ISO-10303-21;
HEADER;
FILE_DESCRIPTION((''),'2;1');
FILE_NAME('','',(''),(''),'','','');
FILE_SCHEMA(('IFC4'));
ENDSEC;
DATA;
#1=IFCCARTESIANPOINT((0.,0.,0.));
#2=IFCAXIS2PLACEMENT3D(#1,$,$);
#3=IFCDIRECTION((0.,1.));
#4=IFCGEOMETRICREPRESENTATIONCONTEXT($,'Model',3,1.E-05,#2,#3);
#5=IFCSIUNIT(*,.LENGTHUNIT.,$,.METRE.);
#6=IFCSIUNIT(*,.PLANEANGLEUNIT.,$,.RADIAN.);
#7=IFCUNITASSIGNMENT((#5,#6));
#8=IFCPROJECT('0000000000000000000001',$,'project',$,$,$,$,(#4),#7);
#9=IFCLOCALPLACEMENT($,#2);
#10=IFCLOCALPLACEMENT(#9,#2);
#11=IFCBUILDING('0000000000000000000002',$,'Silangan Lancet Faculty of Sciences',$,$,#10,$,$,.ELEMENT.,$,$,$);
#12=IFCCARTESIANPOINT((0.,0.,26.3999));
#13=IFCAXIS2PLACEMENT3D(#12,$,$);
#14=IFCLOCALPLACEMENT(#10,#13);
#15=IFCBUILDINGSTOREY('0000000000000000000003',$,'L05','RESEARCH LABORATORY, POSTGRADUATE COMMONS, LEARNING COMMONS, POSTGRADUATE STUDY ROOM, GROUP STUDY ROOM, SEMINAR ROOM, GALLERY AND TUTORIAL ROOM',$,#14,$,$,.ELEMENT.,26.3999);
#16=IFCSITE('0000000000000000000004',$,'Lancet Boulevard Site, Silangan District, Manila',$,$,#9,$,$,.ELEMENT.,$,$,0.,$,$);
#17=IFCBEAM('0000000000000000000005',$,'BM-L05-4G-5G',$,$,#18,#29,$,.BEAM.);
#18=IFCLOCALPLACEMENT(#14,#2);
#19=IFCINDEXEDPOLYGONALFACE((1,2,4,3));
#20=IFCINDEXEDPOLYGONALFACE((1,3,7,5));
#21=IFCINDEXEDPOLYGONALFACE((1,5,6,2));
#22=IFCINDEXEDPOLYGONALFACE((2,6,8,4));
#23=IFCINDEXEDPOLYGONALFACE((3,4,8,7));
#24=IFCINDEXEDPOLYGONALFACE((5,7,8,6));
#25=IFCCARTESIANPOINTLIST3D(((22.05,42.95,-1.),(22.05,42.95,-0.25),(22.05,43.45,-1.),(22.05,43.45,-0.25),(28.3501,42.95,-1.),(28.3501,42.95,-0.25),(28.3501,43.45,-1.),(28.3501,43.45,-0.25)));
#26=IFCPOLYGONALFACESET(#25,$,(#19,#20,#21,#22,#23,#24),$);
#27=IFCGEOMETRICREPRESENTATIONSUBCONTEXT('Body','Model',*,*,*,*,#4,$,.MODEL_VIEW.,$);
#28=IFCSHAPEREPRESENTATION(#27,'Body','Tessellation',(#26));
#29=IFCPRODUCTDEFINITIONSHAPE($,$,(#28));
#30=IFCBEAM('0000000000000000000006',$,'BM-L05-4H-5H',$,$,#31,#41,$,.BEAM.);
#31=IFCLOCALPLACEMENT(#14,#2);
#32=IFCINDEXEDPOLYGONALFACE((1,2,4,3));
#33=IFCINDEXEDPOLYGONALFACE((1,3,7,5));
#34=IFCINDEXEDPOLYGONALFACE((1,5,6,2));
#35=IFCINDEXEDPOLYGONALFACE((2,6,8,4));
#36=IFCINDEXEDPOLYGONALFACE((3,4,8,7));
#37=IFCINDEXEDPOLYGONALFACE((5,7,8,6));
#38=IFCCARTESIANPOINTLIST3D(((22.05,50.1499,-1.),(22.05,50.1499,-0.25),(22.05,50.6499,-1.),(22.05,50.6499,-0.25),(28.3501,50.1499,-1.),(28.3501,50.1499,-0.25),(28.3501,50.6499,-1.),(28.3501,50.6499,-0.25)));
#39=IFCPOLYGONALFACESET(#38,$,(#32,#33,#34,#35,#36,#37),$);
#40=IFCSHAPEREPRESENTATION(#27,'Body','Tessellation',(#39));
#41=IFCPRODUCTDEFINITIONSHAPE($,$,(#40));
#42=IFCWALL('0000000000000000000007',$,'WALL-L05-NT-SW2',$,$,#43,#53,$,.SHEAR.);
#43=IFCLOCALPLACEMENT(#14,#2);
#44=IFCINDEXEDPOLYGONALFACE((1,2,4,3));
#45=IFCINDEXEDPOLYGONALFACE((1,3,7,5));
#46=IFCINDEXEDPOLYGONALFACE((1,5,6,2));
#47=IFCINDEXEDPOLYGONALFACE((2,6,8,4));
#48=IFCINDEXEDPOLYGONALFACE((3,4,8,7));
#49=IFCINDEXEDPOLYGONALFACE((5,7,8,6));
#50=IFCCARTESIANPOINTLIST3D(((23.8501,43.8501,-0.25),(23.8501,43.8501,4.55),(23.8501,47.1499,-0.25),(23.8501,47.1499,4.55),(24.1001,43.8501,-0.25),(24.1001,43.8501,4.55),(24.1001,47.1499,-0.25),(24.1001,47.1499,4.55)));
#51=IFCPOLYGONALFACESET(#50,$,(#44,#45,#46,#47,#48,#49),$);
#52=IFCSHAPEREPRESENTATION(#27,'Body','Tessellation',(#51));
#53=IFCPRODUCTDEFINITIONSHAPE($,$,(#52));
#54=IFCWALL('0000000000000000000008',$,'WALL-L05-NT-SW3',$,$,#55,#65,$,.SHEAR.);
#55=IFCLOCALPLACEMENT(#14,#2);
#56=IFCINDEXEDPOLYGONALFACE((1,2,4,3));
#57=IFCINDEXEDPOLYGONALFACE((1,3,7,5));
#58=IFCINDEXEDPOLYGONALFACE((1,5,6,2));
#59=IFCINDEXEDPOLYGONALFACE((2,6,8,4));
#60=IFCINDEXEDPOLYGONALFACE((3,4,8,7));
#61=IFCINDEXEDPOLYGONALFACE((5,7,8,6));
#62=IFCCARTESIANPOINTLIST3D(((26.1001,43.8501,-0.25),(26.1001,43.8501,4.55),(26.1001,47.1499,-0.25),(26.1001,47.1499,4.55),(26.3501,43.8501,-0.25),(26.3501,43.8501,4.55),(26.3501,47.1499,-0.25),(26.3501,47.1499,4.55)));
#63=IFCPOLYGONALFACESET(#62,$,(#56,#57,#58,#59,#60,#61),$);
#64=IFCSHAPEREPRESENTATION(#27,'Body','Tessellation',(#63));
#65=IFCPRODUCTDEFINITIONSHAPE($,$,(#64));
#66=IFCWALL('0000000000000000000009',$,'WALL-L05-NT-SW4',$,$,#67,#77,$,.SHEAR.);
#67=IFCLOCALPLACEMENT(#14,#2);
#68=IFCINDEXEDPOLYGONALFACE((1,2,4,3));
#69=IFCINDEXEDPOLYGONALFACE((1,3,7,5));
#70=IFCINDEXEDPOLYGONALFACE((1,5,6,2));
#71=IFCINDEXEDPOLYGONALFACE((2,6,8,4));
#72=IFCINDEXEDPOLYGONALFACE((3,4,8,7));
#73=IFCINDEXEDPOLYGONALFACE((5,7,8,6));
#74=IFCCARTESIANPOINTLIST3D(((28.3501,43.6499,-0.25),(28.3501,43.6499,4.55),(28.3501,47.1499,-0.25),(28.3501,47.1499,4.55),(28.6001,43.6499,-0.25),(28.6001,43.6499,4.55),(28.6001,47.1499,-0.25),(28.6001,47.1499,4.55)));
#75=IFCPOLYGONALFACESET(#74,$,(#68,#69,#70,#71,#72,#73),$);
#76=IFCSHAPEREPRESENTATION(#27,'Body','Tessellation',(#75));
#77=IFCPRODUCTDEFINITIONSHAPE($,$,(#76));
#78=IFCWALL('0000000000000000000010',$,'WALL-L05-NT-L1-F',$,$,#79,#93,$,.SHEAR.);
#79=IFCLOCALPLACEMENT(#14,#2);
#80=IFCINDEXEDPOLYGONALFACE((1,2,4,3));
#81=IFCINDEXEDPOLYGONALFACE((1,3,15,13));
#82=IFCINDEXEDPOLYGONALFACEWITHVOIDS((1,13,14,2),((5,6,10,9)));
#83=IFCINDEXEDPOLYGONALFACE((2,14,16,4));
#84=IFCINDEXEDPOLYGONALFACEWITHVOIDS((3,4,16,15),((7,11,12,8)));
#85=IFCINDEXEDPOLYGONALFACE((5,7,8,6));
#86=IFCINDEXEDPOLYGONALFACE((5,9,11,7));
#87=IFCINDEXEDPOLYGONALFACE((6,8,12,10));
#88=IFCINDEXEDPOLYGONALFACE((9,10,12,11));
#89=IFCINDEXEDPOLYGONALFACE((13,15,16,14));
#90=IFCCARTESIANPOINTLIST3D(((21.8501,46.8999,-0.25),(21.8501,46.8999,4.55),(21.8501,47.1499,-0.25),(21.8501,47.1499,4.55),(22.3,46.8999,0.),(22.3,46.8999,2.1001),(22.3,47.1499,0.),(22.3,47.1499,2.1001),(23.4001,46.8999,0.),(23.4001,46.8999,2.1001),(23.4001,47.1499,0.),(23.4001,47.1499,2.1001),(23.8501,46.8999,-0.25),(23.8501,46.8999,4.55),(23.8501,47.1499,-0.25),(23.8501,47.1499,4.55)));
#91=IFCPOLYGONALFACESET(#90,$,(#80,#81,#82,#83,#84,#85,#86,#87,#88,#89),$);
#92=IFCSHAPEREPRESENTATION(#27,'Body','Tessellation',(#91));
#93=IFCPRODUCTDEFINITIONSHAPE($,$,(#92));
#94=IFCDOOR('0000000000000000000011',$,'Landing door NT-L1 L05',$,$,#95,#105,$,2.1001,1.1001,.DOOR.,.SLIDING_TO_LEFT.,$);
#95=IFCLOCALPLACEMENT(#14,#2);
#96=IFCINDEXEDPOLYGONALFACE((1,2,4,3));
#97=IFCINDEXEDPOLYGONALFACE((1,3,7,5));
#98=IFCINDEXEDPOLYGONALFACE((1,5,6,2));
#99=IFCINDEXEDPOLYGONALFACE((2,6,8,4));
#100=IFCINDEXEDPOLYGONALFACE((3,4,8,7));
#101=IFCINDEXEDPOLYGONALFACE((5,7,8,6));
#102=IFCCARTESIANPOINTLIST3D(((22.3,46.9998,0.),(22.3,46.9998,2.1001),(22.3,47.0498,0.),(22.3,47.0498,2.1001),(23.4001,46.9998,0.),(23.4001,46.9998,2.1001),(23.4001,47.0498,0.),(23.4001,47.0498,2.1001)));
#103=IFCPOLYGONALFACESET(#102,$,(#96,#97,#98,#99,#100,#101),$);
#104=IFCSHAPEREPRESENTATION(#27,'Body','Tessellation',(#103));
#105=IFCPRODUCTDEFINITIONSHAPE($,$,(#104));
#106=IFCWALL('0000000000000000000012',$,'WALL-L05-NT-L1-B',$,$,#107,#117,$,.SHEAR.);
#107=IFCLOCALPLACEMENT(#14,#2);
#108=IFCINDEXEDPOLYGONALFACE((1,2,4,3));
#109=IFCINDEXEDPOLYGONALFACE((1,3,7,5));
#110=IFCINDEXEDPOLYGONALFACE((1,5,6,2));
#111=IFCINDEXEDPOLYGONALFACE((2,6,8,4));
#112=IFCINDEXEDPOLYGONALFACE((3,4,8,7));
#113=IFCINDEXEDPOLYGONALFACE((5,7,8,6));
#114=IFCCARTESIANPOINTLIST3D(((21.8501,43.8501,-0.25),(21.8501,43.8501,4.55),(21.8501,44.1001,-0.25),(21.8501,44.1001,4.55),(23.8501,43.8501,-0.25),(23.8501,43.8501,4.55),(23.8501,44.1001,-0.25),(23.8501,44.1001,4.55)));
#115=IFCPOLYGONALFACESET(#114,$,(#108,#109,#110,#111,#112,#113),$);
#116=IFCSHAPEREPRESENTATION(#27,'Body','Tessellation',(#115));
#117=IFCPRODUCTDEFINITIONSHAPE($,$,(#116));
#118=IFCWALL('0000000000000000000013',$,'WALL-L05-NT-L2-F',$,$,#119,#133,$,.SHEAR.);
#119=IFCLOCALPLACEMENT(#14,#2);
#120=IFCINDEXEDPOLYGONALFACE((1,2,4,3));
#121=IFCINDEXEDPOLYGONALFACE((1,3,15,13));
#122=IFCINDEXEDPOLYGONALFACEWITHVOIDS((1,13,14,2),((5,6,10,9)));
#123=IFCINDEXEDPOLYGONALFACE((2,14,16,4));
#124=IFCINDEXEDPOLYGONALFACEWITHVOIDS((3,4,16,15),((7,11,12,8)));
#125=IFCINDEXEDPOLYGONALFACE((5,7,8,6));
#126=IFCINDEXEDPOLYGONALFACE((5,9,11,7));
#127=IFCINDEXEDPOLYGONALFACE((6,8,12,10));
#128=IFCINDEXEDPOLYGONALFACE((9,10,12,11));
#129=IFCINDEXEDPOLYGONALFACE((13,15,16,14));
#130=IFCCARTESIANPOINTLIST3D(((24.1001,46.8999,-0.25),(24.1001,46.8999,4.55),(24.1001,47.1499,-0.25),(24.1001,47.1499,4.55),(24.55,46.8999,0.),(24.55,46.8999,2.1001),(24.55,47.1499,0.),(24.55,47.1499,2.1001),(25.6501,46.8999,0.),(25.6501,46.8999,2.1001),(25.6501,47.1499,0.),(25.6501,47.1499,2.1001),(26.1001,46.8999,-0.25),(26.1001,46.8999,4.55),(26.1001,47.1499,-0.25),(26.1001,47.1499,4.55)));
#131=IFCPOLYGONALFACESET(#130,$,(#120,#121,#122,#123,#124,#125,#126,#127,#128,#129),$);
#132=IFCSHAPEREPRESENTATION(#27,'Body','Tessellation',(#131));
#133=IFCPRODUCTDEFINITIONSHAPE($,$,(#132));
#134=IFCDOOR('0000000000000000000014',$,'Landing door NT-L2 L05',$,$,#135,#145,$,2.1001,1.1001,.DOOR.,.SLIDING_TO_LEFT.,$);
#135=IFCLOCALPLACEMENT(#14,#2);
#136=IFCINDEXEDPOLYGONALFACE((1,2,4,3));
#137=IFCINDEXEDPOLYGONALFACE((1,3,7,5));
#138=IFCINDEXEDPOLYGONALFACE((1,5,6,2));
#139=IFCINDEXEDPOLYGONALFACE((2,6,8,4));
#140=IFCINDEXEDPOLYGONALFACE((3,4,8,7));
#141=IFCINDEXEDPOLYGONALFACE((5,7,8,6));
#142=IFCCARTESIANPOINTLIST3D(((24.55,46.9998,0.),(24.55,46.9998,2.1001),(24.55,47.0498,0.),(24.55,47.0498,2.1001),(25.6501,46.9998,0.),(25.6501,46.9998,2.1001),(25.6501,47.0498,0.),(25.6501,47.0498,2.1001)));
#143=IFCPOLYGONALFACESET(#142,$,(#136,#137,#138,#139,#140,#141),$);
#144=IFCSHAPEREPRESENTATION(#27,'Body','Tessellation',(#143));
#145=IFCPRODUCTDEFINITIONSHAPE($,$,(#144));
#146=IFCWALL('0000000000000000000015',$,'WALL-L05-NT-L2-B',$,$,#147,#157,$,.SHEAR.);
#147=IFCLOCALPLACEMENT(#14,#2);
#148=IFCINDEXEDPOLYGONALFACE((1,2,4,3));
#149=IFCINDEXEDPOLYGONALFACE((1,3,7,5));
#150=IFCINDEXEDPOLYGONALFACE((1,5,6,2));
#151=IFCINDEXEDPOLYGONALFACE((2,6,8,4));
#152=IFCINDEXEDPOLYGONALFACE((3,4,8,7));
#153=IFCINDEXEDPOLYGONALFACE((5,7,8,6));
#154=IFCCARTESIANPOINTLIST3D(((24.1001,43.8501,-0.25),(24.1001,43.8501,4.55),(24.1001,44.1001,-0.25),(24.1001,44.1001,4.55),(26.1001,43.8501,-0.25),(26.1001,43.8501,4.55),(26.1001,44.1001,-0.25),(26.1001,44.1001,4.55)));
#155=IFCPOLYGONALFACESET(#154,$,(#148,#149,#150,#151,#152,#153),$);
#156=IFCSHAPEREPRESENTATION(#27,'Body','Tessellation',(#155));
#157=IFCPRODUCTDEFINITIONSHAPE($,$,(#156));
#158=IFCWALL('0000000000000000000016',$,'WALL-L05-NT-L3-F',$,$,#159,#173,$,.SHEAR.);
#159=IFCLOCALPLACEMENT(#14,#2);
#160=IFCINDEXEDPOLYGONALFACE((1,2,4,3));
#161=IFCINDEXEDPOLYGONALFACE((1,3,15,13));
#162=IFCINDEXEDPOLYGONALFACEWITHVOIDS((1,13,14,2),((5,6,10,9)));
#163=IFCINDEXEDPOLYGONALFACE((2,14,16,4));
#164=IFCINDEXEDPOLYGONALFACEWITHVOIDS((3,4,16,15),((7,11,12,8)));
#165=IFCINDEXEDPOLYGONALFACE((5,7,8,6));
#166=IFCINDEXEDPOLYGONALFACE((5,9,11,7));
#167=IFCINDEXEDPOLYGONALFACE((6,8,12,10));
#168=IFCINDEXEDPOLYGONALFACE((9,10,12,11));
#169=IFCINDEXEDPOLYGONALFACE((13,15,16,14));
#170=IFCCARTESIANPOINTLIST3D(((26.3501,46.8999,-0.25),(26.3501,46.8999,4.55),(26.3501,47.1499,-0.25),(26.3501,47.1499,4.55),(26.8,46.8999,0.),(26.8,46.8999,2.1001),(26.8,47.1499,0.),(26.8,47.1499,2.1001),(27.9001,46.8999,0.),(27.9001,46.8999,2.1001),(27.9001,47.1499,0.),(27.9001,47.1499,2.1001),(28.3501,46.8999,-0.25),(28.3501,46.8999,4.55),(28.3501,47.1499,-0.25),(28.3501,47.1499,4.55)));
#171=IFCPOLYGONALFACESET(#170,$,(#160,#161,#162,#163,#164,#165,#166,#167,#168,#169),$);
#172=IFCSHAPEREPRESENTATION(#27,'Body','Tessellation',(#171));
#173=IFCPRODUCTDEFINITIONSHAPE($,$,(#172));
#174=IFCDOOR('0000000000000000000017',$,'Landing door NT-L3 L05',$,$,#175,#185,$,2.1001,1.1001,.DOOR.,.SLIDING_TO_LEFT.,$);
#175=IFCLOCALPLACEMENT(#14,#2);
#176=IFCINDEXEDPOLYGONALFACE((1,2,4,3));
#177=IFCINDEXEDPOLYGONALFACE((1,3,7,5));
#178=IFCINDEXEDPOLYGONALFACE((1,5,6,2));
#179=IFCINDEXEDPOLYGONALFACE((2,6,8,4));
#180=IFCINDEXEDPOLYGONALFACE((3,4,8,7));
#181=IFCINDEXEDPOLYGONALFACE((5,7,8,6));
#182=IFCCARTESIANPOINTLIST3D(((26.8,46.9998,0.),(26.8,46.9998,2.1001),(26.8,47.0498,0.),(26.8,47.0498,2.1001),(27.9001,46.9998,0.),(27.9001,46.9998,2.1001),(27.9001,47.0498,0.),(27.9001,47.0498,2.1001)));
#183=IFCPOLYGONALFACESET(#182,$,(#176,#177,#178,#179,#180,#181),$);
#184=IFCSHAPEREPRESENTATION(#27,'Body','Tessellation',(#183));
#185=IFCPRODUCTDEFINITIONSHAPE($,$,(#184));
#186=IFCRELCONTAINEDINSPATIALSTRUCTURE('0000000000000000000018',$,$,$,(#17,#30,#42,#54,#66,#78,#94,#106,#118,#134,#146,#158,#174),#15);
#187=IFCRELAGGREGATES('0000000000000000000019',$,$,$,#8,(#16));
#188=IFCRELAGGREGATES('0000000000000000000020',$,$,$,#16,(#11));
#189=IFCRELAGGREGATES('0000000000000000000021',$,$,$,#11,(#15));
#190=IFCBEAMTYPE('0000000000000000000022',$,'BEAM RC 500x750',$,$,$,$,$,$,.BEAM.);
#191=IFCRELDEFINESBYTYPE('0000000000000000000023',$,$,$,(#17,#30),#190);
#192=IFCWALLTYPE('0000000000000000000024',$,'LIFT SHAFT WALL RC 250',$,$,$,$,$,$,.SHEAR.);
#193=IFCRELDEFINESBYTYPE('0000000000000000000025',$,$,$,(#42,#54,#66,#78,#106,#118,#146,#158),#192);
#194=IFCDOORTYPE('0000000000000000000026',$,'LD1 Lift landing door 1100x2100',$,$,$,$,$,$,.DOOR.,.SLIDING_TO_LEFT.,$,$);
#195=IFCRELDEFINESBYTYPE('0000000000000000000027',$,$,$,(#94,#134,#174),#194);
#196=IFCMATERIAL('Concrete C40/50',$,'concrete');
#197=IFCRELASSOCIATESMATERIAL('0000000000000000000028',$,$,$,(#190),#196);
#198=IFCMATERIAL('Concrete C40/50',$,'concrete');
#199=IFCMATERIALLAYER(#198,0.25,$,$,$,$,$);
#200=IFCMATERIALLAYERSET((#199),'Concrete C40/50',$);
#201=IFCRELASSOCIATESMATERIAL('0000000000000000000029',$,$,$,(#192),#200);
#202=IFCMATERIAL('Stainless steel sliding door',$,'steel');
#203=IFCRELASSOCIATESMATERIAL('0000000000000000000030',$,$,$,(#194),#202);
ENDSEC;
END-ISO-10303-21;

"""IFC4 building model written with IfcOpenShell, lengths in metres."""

from ifc_helpers import new_model, si_unit, direction, frame, frame_2d, origin, origin_2d, place, context, subcontext, project, spatial, rectangle, extrude, material, layer, layer_set, material_profile, profile_set, type_object, element, fill, save


model = new_model("IFC4")

# Units and contexts
model_context = context("Model", 3, precision=1e-05, world=origin(), true_north=direction((0.0, 1.0)))
body_context = subcontext(model_context, "Body", "Model", "MODEL_VIEW")
ifc_project = project(units=[si_unit("LENGTHUNIT", "METRE"), si_unit("PLANEANGLEUNIT", "RADIAN")], contexts=[model_context])

# Site, building, storey
site_placement = place(None, origin())
site = spatial("IfcSite", under=ifc_project, at=site_placement, Name="Lancet Boulevard Site, Silangan District, Manila", CompositionType="ELEMENT", RefElevation=0.0)
building_placement = place(site_placement, origin())
building = spatial("IfcBuilding", under=site, at=building_placement, Name="Silangan Lancet Faculty of Sciences", CompositionType="ELEMENT")
storey_placement = place(building_placement, frame((0.0, 0.0, 26.3999)))
storey = spatial("IfcBuildingStorey", under=building, at=storey_placement, Name="L05", Description="RESEARCH LABORATORY, POSTGRADUATE COMMONS, LEARNING COMMONS, POSTGRADUATE STUDY ROOM, GROUP STUDY ROOM, SEMINAR ROOM, GALLERY AND TUTORIAL ROOM", CompositionType="ELEMENT", Elevation=26.3999)

# Beams
ifc_material_1 = material(Name="Concrete C40/50", Category="concrete")
ifc_material_profile = material_profile(ifc_material_1, rectangle(XDim=0.5, YDim=0.75, at=origin_2d()), Name="RC 500x750")
ifc_profile_set = profile_set([ifc_material_profile], Name="Concrete C40/50")
beam_type = type_object("IfcBeamType", Name="BEAM RC 500x750", PredefinedType="BEAM", material=ifc_profile_set)
for number, where, z_axis, x_axis, name in (
    (1, (22.05, 43.2, -0.625), (1.0, 0.0, 0.0), (0.0, 1.0, 0.0), "BM-L05-4G-5G"),
    (2, (22.05, 50.3999, -0.625), (1.0, 0.0, 0.0), (0.0, 1.0, 0.0), "BM-L05-4H-5H"),
):
    element("IfcBeam", number, at=place(storey_placement, frame(where, z_axis=z_axis, x_axis=x_axis)), inside=storey, type_object=beam_type, Name=name, PredefinedType="BEAM", context=body_context, shape_type="SweptSolid", body=[
        extrude(rectangle(XDim=0.5, YDim=0.75, at=origin_2d()), origin(), (0.0, 0.0, 1.0), 6.3),
    ])

# Walls
ifc_material_2 = material(Name="Concrete C40/50", Category="concrete")
ifc_layer_1 = layer(ifc_material_2, 0.25)
ifc_layer_set_1 = layer_set([ifc_layer_1], Name="Concrete C40/50")
wall_type_1 = type_object("IfcWallType", Name="LIFT SHAFT WALL RC 250", PredefinedType="SHEAR", material=ifc_layer_set_1)
for number, where, z_axis, x_axis, name in (
    (3, (23.9751, 43.8501, -0.25), (0.0, 0.0, 1.0), (0.0, 1.0, 0.0), "WALL-L05-NT-SW2"),
    (4, (26.2251, 43.8501, -0.25), (0.0, 0.0, 1.0), (0.0, 1.0, 0.0), "WALL-L05-NT-SW3"),
):
    element("IfcWall", number, at=place(storey_placement, frame(where, z_axis=z_axis, x_axis=x_axis)), inside=storey, type_object=wall_type_1, Name=name, PredefinedType="SHEAR", context=body_context, shape_type="SweptSolid", body=[
        extrude(rectangle(XDim=3.2998, YDim=0.25, at=frame_2d((1.6499, 0.0))), origin(), (0.0, 0.0, 1.0), 4.8),
    ])
wall_1_placement = place(storey_placement, frame((28.4751, 43.6499, -0.25), z_axis=(0.0, 0.0, 1.0), x_axis=(0.0, 1.0, 0.0)))
element("IfcWall", 5, at=wall_1_placement, inside=storey, type_object=wall_type_1, Name="WALL-L05-NT-SW4", PredefinedType="SHEAR", context=body_context, shape_type="SweptSolid", body=[
    extrude(rectangle(XDim=3.5, YDim=0.25, at=frame_2d((1.75, 0.0))), origin(), (0.0, 0.0, 1.0), 4.8),
])

# Wall, opening, door
wall_2_placement = place(storey_placement, frame((21.8501, 47.0249, -0.25), z_axis=(0.0, 0.0, 1.0), x_axis=(1.0, 0.0, 0.0)))
wall_2 = element("IfcWall", 6, at=wall_2_placement, inside=storey, type_object=wall_type_1, Name="WALL-L05-NT-L1-F", PredefinedType="SHEAR", context=body_context, shape_type="SweptSolid", body=[
    extrude(rectangle(XDim=2.0, YDim=0.25, at=frame_2d((1.0, 0.0))), origin(), (0.0, 0.0, 1.0), 4.8),
])
opening_1_placement = place(wall_2_placement, frame((0.45, 0.0, 0.25)))
opening_1 = element("IfcOpeningElement", 7, at=opening_1_placement, cuts=wall_2, PredefinedType="OPENING", context=body_context, shape_type="SweptSolid", body=[
    extrude(rectangle(XDim=1.1001, YDim=2.1001, at=frame_2d((0.55, 1.05))), frame((0.0, 0.135, 0.0), z_axis=(0.0, -1.0, 0.0), x_axis=(1.0, 0.0, 0.0)), (0.0, 0.0, 1.0), 0.27),
])
ifc_material_3 = material(Name="Stainless steel sliding door", Category="steel")
door_type_1 = type_object("IfcDoorType", Name="LD1 Lift landing door 1100x2100", OperationType="SLIDING_TO_LEFT", PredefinedType="DOOR", material=ifc_material_3)
door_1_placement = place(opening_1_placement, origin())
door_1 = element("IfcDoor", 8, at=door_1_placement, inside=storey, type_object=door_type_1, Name="Landing door NT-L1 L05", OperationType="SLIDING_TO_LEFT", OverallHeight=2.1001, OverallWidth=1.1001, PredefinedType="DOOR", context=body_context, shape_type="SweptSolid", body=[
    extrude(rectangle(XDim=1.1001, YDim=2.1001, at=frame_2d((0.55, 1.05))), frame((0.0, 0.0249, 0.0), z_axis=(0.0, -1.0, 0.0), x_axis=(1.0, 0.0, 0.0)), (0.0, 0.0, 1.0), 0.05),
])
fill(opening_1, door_1)

# Wall
wall_3_placement = place(storey_placement, frame((21.8501, 43.9751, -0.25), z_axis=(0.0, 0.0, 1.0), x_axis=(1.0, 0.0, 0.0)))
element("IfcWall", 9, at=wall_3_placement, inside=storey, type_object=wall_type_1, Name="WALL-L05-NT-L1-B", PredefinedType="SHEAR", context=body_context, shape_type="SweptSolid", body=[
    extrude(rectangle(XDim=2.0, YDim=0.25, at=frame_2d((1.0, 0.0))), origin(), (0.0, 0.0, 1.0), 4.8),
])

# Wall, opening, door
wall_4_placement = place(storey_placement, frame((24.1001, 47.0249, -0.25), z_axis=(0.0, 0.0, 1.0), x_axis=(1.0, 0.0, 0.0)))
wall_4 = element("IfcWall", 10, at=wall_4_placement, inside=storey, type_object=wall_type_1, Name="WALL-L05-NT-L2-F", PredefinedType="SHEAR", context=body_context, shape_type="SweptSolid", body=[
    extrude(rectangle(XDim=2.0, YDim=0.25, at=frame_2d((1.0, 0.0))), origin(), (0.0, 0.0, 1.0), 4.8),
])
opening_2_placement = place(wall_4_placement, frame((0.45, 0.0, 0.25)))
opening_2 = element("IfcOpeningElement", 11, at=opening_2_placement, cuts=wall_4, PredefinedType="OPENING", context=body_context, shape_type="SweptSolid", body=[
    extrude(rectangle(XDim=1.1001, YDim=2.1001, at=frame_2d((0.55, 1.05))), frame((0.0, 0.135, 0.0), z_axis=(0.0, -1.0, 0.0), x_axis=(1.0, 0.0, 0.0)), (0.0, 0.0, 1.0), 0.27),
])
door_2_placement = place(opening_2_placement, origin())
door_2 = element("IfcDoor", 12, at=door_2_placement, inside=storey, type_object=door_type_1, Name="Landing door NT-L2 L05", OperationType="SLIDING_TO_LEFT", OverallHeight=2.1001, OverallWidth=1.1001, PredefinedType="DOOR", context=body_context, shape_type="SweptSolid", body=[
    extrude(rectangle(XDim=1.1001, YDim=2.1001, at=frame_2d((0.55, 1.05))), frame((0.0, 0.0249, 0.0), z_axis=(0.0, -1.0, 0.0), x_axis=(1.0, 0.0, 0.0)), (0.0, 0.0, 1.0), 0.05),
])
fill(opening_2, door_2)

# Wall
wall_5_placement = place(storey_placement, frame((24.1001, 43.9751, -0.25), z_axis=(0.0, 0.0, 1.0), x_axis=(1.0, 0.0, 0.0)))
element("IfcWall", 13, at=wall_5_placement, inside=storey, type_object=wall_type_1, Name="WALL-L05-NT-L2-B", PredefinedType="SHEAR", context=body_context, shape_type="SweptSolid", body=[
    extrude(rectangle(XDim=2.0, YDim=0.25, at=frame_2d((1.0, 0.0))), origin(), (0.0, 0.0, 1.0), 4.8),
])

# Wall, opening, door
wall_6_placement = place(storey_placement, frame((26.3501, 47.0249, -0.25), z_axis=(0.0, 0.0, 1.0), x_axis=(1.0, 0.0, 0.0)))
wall_6 = element("IfcWall", 14, at=wall_6_placement, inside=storey, type_object=wall_type_1, Name="WALL-L05-NT-L3-F", PredefinedType="SHEAR", context=body_context, shape_type="SweptSolid", body=[
    extrude(rectangle(XDim=2.0, YDim=0.25, at=frame_2d((1.0, 0.0))), origin(), (0.0, 0.0, 1.0), 4.8),
])
opening_3_placement = place(wall_6_placement, frame((0.45, 0.0, 0.25)))
opening_3 = element("IfcOpeningElement", 15, at=opening_3_placement, cuts=wall_6, PredefinedType="OPENING", context=body_context, shape_type="SweptSolid", body=[
    extrude(rectangle(XDim=1.1001, YDim=2.1001, at=frame_2d((0.55, 1.05))), frame((0.0, 0.135, 0.0), z_axis=(0.0, -1.0, 0.0), x_axis=(1.0, 0.0, 0.0)), (0.0, 0.0, 1.0), 0.27),
])
door_3_placement = place(opening_3_placement, origin())
door_3 = element("IfcDoor", 16, at=door_3_placement, inside=storey, type_object=door_type_1, Name="Landing door NT-L3 L05", OperationType="SLIDING_TO_LEFT", OverallHeight=2.1001, OverallWidth=1.1001, PredefinedType="DOOR", context=body_context, shape_type="SweptSolid", body=[
    extrude(rectangle(XDim=1.1001, YDim=2.1001, at=frame_2d((0.55, 1.05))), frame((0.0, 0.0249, 0.0), z_axis=(0.0, -1.0, 0.0), x_axis=(1.0, 0.0, 0.0)), (0.0, 0.0, 1.0), 0.05),
])
fill(opening_3, door_3)

save(model, "model.ifc")
